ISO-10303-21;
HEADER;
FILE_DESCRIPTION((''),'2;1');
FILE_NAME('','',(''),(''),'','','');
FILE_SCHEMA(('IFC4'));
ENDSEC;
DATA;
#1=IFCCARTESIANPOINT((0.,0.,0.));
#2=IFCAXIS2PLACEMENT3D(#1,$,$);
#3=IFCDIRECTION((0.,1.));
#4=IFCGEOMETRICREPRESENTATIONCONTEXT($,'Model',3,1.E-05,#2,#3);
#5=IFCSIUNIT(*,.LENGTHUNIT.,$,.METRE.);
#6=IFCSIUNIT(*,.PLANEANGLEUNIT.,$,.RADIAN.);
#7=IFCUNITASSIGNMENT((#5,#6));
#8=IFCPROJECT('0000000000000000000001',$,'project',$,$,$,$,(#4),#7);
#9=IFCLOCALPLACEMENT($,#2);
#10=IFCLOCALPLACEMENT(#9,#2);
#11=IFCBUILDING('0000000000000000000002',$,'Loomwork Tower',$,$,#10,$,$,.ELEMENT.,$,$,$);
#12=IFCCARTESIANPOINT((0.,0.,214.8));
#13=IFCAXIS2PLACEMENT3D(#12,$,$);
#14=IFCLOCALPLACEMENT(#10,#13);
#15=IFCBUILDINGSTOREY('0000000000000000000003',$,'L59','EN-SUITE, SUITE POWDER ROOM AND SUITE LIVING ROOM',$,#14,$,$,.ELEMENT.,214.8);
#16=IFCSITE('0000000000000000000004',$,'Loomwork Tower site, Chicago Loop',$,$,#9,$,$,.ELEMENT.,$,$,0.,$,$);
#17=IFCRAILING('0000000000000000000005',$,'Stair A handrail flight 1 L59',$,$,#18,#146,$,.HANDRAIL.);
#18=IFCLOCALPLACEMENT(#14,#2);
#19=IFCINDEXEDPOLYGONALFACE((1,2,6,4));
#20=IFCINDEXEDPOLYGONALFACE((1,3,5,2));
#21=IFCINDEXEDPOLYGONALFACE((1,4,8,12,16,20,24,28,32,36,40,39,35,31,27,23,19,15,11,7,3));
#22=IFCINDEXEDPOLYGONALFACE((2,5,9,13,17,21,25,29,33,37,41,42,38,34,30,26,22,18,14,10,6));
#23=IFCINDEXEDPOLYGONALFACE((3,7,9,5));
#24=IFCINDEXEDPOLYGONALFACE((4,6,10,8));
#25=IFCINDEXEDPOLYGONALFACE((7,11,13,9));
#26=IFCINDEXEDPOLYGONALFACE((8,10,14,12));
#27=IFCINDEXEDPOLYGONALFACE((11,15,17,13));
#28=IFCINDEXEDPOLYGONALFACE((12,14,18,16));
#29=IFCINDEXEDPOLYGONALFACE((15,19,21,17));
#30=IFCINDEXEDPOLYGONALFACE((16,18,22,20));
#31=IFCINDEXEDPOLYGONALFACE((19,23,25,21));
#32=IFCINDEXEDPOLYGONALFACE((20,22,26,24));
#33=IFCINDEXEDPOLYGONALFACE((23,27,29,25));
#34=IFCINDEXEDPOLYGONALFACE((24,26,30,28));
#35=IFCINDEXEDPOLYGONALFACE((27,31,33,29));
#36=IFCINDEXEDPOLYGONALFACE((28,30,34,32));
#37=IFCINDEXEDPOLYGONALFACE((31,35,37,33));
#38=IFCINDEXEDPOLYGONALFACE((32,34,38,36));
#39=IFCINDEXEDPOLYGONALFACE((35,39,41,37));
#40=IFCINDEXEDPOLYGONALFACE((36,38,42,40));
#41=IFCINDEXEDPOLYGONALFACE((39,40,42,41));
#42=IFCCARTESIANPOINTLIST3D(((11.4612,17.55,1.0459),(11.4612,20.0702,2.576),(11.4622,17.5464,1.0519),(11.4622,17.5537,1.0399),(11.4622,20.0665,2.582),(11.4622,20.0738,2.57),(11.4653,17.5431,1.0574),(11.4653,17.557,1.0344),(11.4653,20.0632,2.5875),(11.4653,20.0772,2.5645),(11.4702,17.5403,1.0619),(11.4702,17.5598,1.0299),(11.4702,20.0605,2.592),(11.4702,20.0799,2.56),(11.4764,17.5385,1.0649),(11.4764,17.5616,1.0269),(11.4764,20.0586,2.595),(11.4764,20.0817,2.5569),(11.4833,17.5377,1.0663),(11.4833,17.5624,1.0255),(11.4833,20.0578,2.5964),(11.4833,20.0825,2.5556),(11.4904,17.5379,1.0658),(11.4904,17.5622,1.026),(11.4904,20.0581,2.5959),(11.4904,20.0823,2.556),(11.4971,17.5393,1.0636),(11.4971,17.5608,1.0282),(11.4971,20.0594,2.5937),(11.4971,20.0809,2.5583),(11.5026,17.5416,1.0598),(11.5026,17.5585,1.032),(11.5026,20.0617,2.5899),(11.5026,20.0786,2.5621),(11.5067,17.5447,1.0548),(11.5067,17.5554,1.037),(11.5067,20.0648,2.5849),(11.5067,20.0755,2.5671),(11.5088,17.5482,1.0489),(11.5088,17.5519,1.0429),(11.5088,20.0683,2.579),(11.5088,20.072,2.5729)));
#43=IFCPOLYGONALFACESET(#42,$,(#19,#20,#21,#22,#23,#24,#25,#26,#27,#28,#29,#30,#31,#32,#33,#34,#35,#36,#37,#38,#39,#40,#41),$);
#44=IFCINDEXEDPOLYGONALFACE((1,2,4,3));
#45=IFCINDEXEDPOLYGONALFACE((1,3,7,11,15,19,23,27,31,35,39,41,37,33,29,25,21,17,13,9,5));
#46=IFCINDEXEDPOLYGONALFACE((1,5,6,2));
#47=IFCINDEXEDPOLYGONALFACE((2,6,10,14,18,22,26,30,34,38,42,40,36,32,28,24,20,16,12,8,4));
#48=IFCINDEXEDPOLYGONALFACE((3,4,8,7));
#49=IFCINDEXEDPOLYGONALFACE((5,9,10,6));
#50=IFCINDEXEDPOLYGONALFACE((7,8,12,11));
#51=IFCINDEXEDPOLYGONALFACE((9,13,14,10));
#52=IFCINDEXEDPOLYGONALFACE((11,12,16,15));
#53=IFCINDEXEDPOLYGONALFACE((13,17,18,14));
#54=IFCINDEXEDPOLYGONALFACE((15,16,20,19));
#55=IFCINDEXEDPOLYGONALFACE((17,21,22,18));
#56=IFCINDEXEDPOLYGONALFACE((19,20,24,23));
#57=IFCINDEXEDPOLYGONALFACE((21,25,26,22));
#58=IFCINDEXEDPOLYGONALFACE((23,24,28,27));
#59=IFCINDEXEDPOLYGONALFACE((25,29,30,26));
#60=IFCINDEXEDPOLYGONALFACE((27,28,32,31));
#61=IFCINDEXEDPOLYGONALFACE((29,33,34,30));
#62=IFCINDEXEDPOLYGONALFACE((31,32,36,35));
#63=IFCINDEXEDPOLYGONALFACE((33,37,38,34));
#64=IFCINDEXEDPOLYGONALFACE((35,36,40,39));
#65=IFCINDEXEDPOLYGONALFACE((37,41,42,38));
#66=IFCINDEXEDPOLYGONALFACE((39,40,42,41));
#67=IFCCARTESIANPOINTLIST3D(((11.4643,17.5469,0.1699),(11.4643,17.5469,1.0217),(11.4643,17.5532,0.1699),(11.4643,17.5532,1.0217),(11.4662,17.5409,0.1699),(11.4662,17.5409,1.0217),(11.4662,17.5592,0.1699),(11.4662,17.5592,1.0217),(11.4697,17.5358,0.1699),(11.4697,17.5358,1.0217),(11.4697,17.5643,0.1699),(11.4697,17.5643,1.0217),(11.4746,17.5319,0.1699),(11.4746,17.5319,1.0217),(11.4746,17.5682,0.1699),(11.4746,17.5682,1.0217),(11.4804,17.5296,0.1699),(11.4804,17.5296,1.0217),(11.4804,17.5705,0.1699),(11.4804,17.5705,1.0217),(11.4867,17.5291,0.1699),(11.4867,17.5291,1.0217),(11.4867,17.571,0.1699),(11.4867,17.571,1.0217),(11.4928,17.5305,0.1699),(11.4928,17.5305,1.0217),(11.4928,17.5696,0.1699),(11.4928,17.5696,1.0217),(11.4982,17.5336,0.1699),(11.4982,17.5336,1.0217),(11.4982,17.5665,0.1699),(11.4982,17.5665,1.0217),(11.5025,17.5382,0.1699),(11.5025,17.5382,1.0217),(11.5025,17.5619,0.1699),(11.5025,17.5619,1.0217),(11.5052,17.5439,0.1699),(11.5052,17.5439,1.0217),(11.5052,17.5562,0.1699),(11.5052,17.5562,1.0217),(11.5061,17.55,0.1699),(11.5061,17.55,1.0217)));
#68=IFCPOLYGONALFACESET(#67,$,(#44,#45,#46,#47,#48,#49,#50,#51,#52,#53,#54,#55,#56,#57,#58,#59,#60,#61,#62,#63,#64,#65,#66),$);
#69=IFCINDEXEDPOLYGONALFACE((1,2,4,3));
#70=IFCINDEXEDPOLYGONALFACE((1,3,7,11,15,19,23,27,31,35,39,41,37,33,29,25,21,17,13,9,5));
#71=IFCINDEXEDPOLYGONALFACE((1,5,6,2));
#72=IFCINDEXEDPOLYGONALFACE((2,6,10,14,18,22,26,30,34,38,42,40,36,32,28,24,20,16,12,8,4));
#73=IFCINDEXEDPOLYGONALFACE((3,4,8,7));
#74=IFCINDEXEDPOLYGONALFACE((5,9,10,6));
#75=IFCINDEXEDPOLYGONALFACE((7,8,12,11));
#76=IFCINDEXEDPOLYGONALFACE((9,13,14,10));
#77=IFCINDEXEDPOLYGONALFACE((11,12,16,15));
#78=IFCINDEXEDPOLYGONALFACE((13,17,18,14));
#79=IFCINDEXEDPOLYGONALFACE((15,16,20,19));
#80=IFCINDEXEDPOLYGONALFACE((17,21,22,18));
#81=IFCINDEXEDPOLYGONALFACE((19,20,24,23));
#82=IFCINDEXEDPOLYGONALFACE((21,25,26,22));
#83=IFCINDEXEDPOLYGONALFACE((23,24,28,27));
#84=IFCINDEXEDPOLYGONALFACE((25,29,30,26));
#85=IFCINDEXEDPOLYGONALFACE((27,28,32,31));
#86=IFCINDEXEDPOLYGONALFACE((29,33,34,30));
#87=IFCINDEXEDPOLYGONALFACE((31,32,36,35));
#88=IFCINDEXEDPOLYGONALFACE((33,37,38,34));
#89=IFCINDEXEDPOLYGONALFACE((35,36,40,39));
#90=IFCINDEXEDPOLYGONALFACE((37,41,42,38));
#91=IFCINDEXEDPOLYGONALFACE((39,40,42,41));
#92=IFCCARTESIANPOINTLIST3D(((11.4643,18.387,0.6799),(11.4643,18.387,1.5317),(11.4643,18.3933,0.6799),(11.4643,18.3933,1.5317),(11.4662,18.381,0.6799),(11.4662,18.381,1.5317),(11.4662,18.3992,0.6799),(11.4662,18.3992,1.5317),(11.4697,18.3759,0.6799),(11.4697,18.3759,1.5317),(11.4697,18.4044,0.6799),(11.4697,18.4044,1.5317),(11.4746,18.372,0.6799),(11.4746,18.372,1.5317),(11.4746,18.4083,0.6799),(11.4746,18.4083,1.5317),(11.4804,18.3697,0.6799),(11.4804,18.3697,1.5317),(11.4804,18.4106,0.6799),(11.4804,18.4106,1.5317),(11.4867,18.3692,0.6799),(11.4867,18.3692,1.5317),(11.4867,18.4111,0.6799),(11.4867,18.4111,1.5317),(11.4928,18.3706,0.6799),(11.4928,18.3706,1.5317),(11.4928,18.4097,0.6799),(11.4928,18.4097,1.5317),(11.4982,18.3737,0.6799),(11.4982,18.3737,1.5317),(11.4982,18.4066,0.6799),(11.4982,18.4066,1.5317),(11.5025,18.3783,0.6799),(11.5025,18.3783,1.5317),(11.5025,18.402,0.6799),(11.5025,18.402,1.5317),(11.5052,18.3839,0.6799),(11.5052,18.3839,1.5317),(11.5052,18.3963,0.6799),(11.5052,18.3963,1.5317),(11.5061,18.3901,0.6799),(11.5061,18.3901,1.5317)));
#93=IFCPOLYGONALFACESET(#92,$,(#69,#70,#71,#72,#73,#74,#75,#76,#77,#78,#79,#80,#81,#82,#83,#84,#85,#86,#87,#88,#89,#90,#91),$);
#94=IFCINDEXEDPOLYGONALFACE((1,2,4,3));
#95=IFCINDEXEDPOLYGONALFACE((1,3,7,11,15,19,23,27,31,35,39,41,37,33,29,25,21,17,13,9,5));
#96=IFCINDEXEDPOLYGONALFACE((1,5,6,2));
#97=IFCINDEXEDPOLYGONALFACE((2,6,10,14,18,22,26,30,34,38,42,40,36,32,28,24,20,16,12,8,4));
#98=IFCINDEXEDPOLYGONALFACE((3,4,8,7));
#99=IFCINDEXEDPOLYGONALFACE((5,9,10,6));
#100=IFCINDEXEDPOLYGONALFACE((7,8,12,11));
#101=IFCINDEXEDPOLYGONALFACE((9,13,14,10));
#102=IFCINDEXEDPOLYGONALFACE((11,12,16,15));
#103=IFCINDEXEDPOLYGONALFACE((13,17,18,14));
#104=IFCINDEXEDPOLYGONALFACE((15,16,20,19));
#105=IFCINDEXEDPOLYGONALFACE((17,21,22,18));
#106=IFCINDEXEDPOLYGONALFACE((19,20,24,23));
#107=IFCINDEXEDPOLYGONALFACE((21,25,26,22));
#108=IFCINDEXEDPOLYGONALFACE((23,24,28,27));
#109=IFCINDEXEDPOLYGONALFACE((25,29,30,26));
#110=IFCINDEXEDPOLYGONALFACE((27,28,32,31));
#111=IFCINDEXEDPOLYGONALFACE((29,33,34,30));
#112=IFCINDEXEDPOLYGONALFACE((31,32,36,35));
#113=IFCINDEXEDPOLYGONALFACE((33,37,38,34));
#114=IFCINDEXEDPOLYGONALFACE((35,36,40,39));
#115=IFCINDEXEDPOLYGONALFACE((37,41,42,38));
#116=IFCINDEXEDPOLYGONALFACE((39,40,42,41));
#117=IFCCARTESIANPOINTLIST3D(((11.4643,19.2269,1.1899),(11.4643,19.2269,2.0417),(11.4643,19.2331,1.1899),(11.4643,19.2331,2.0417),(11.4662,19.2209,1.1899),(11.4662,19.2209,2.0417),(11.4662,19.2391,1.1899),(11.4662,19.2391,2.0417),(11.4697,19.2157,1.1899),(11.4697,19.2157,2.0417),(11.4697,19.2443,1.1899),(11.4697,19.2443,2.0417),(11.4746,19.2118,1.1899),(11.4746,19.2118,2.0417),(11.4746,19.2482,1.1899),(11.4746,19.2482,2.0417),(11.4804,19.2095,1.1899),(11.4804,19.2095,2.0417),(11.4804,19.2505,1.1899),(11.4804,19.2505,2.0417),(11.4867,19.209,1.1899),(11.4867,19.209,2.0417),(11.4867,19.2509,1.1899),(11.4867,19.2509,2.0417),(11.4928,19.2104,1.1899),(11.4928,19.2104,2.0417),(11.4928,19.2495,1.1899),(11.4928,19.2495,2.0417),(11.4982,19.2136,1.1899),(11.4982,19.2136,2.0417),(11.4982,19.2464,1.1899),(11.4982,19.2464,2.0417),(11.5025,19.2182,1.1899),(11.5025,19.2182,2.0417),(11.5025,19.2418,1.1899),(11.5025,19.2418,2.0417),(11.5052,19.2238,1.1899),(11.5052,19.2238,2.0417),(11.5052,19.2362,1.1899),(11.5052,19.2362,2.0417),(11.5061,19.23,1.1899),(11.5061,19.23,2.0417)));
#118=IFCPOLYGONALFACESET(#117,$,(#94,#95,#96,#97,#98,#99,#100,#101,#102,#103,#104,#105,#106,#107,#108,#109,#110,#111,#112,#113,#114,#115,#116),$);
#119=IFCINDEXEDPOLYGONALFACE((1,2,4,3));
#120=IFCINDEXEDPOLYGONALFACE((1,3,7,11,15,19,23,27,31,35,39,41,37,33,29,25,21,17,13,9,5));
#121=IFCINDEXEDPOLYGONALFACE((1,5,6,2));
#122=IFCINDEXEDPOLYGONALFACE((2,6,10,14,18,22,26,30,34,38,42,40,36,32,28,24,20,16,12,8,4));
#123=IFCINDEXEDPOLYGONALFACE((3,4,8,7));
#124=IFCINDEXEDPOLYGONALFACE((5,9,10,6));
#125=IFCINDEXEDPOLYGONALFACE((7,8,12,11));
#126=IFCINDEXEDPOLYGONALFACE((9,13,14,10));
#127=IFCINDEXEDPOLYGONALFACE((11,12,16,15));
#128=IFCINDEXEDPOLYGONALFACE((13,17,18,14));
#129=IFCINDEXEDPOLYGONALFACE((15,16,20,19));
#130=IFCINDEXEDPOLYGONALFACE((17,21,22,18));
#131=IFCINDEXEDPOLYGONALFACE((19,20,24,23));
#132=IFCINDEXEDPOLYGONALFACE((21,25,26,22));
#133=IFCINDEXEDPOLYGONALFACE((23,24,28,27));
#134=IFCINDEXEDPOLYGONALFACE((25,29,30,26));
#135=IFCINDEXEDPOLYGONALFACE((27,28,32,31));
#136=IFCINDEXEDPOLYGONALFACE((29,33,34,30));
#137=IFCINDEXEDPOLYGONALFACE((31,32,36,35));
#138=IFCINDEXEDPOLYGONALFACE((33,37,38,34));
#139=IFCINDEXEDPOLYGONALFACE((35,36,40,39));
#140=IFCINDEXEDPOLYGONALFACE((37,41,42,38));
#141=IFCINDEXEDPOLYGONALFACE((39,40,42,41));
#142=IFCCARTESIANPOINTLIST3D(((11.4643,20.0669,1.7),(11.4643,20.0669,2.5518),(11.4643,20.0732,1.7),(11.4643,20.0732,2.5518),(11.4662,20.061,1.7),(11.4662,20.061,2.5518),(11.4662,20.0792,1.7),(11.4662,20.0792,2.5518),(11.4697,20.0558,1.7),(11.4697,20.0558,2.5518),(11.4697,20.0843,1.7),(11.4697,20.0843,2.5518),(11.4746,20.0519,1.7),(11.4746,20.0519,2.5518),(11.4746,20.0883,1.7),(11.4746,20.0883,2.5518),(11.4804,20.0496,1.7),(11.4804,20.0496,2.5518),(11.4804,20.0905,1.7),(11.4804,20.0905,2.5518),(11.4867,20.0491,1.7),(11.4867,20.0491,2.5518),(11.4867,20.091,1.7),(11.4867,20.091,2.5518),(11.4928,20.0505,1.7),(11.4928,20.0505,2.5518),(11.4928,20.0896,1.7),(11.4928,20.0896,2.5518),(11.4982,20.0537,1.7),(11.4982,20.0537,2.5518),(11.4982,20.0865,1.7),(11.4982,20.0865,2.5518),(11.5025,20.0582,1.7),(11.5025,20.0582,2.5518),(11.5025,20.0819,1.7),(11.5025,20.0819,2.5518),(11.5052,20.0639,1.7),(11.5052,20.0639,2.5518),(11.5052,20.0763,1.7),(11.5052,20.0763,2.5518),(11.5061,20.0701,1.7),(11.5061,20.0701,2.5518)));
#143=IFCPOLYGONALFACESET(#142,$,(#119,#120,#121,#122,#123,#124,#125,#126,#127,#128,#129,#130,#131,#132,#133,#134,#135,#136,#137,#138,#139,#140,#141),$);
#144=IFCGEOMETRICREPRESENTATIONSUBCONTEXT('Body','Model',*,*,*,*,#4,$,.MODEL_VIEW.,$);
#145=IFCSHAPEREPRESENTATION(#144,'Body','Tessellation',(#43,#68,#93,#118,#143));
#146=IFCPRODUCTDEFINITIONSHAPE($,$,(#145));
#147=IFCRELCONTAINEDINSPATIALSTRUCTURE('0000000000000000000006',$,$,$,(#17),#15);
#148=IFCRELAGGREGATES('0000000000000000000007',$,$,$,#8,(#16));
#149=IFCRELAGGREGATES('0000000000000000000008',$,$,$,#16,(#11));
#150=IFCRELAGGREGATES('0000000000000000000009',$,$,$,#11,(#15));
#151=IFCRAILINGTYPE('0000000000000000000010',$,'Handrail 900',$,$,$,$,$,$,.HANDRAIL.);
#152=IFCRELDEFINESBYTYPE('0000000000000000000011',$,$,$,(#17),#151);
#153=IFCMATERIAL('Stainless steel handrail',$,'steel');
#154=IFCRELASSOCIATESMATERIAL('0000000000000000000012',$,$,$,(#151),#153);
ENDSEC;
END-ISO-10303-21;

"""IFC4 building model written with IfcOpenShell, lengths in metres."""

from ifc_helpers import new_model, si_unit, direction, frame, origin, origin_2d, place, context, subcontext, project, spatial, circle, extrude, material, type_object, element, save


model = new_model("IFC4")

# Units and contexts
model_context = context("Model", 3, precision=1e-05, world=origin(), true_north=direction((0.0, 1.0)))
body_context = subcontext(model_context, "Body", "Model", "MODEL_VIEW")
ifc_project = project(units=[si_unit("LENGTHUNIT", "METRE"), si_unit("PLANEANGLEUNIT", "RADIAN")], contexts=[model_context])

# Site, building, storey
site_placement = place(None, origin())
site = spatial("IfcSite", under=ifc_project, at=site_placement, Name="Loomwork Tower site, Chicago Loop", CompositionType="ELEMENT", RefElevation=0.0)
building_placement = place(site_placement, origin())
building = spatial("IfcBuilding", under=site, at=building_placement, Name="Loomwork Tower", CompositionType="ELEMENT")
storey_placement = place(building_placement, frame((0.0, 0.0, 214.8)))
storey = spatial("IfcBuildingStorey", under=building, at=storey_placement, Name="L59", Description="EN-SUITE, SUITE POWDER ROOM AND SUITE LIVING ROOM", CompositionType="ELEMENT", Elevation=214.8)

# Railing
ifc_material_1 = material(Name="Stainless steel handrail", Category="steel")
railing_type = type_object("IfcRailingType", Name="Handrail 900", PredefinedType="HANDRAIL", material=ifc_material_1)
railing_1_placement = place(storey_placement, frame((11.4851, 17.55, 0.1699)))
element("IfcRailing", 1, at=railing_1_placement, inside=storey, type_object=railing_type, Name="Stair A handrail flight 1 L59", PredefinedType="HANDRAIL", context=body_context, shape_type="SweptSolid", body=[
    extrude(circle(Radius=0.0239, at=origin_2d()), frame((0.0, 0.0, 0.876), z_axis=(0.0, 0.854785, 0.518982), x_axis=(-1.0, 0.0, 0.0)), (0.0, 0.0, 1.0), 2.9482),
    extrude(circle(Radius=0.021, at=origin_2d()), origin(), (0.0, 0.0, 1.0), 0.8518),
    extrude(circle(Radius=0.021, at=origin_2d()), frame((0.0, 0.8401, 0.51)), (0.0, 0.0, 1.0), 0.8518),
    extrude(circle(Radius=0.021, at=origin_2d()), frame((0.0, 1.6799, 1.02)), (0.0, 0.0, 1.0), 0.8518),
    extrude(circle(Radius=0.021, at=origin_2d()), frame((0.0, 2.52, 1.53)), (0.0, 0.0, 1.0), 0.8518),
])

save(model, "model.ifc")
